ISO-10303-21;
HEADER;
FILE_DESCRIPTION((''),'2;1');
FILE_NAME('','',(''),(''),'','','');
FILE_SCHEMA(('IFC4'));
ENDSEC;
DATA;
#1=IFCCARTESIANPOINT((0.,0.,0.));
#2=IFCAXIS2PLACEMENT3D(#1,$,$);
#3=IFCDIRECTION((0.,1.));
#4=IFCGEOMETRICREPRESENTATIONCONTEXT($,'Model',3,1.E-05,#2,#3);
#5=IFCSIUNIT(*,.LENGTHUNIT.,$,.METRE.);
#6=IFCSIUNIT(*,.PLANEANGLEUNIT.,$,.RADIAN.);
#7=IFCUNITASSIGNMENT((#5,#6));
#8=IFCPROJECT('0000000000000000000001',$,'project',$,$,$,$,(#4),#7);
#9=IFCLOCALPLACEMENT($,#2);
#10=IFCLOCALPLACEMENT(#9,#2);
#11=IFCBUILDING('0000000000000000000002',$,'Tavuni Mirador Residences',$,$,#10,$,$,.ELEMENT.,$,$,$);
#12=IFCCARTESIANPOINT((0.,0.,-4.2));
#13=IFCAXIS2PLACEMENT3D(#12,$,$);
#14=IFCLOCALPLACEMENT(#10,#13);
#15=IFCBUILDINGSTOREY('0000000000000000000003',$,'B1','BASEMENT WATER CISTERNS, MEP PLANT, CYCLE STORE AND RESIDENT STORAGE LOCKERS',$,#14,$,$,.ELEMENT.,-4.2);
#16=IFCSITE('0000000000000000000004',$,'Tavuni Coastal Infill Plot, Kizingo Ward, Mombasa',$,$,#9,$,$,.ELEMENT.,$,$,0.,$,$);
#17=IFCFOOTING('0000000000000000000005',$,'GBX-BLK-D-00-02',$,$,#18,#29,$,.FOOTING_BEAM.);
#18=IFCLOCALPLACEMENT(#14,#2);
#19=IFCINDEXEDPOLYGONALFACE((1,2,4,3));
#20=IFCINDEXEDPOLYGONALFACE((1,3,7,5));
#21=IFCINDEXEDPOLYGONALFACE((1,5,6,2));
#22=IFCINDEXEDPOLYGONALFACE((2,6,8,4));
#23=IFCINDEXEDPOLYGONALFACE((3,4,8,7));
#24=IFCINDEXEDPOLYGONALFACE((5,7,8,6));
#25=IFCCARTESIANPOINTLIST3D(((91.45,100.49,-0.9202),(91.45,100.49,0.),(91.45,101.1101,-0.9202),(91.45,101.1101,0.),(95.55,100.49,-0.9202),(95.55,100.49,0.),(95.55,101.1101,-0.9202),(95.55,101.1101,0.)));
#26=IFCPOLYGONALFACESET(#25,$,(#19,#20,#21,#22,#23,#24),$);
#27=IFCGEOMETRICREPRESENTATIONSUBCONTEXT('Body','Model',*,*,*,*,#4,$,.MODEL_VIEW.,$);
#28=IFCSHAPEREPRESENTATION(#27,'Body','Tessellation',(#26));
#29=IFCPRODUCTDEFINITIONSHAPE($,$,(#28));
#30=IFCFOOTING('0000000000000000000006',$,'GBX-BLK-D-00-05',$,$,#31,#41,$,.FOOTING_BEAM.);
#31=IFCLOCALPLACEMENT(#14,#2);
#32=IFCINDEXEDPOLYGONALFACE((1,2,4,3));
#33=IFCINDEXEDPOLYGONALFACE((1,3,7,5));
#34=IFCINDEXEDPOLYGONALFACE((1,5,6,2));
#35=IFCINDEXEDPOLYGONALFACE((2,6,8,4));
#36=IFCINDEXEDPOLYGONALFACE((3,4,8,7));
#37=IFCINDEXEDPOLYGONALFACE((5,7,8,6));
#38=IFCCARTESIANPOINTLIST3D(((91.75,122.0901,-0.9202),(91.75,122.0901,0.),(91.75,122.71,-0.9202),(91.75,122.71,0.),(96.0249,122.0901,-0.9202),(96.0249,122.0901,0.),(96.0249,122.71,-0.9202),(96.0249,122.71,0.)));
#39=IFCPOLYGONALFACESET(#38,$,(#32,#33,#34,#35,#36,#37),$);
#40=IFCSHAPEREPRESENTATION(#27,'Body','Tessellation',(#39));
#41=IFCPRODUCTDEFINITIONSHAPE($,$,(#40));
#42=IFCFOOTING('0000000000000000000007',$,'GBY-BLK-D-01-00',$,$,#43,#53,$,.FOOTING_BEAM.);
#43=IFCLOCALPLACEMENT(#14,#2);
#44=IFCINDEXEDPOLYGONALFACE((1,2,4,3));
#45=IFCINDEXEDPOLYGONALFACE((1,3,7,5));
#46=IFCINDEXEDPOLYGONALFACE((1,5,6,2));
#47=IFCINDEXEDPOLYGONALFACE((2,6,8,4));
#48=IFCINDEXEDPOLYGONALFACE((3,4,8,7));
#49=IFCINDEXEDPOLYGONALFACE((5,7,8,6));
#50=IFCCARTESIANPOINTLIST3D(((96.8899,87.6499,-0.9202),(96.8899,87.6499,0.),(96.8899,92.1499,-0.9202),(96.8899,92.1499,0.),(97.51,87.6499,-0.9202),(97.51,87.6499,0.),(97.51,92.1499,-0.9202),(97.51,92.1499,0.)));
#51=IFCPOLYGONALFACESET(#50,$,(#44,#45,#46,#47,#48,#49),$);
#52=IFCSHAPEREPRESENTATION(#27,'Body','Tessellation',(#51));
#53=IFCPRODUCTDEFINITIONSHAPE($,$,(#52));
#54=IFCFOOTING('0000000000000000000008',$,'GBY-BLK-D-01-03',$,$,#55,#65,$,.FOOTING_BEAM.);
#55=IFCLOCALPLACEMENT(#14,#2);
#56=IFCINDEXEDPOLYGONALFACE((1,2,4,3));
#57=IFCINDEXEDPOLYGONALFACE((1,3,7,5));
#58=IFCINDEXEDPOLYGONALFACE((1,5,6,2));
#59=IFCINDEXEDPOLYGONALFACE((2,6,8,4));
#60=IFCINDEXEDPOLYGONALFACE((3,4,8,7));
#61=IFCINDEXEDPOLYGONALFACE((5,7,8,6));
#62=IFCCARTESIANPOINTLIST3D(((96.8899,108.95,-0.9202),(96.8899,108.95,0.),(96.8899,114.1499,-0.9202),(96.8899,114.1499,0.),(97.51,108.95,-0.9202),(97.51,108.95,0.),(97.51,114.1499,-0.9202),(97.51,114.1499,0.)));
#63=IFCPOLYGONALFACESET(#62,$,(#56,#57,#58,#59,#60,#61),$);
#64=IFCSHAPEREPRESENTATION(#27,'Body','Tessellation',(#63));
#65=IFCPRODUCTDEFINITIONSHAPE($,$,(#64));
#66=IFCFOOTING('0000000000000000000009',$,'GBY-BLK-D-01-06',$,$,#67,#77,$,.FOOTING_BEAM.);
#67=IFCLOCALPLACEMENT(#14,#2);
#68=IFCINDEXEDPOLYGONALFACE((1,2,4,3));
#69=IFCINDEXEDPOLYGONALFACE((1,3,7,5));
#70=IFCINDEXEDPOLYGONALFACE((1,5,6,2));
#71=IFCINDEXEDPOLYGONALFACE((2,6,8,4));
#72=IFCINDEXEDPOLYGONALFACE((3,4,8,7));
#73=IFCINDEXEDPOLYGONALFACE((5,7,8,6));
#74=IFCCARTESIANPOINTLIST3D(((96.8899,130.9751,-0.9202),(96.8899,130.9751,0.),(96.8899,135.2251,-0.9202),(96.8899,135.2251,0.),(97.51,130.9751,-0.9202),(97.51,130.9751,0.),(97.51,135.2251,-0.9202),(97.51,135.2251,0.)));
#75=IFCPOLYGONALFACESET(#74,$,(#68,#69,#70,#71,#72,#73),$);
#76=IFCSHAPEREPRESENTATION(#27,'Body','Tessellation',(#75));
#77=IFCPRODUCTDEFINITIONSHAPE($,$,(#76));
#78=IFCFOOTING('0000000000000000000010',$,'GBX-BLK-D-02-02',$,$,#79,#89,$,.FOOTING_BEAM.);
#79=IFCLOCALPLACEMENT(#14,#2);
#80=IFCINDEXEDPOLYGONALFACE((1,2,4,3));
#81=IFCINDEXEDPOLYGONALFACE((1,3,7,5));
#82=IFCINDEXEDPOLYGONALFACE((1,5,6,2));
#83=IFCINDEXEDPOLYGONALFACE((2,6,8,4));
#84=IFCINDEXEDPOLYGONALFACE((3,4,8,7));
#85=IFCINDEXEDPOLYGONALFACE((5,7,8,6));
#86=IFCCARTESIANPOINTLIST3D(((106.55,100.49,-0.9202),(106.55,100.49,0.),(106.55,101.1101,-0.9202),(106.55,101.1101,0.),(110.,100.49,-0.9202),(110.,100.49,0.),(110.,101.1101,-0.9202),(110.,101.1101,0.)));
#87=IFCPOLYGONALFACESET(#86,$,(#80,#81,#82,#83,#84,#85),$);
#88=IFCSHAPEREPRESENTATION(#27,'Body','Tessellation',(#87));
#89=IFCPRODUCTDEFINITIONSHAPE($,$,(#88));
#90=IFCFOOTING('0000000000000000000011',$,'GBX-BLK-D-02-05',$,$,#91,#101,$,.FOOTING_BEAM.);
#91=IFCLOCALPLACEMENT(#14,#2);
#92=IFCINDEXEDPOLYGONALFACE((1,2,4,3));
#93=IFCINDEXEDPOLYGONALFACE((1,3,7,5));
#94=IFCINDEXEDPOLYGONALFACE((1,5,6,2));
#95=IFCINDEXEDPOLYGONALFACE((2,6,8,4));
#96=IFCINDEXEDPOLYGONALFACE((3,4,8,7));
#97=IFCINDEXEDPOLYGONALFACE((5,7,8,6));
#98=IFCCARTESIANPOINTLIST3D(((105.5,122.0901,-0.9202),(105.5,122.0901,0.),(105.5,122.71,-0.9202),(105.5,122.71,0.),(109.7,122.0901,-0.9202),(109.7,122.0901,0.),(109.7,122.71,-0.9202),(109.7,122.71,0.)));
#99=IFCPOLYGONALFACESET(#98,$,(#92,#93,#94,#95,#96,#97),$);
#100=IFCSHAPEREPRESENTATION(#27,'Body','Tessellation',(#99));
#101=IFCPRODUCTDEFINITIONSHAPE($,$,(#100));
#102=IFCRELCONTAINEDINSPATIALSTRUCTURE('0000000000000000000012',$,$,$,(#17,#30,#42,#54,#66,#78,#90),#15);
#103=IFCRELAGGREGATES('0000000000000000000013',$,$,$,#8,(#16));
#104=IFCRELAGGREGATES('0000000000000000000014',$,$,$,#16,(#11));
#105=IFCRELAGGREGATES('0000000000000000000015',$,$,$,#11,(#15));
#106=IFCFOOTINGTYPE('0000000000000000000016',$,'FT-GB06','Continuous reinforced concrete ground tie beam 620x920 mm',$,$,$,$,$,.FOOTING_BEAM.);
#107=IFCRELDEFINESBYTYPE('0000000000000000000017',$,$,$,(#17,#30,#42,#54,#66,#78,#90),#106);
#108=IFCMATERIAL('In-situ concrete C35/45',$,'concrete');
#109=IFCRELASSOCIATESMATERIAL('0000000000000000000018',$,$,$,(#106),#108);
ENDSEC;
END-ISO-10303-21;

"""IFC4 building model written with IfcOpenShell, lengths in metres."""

from ifc_helpers import new_model, si_unit, direction, frame, origin, place, context, subcontext, project, spatial, polyline, outline, extrude, material, type_object, element, save


model = new_model("IFC4")

# Units and contexts
model_context = context("Model", 3, precision=1e-05, world=origin(), true_north=direction((0.0, 1.0)))
body_context = subcontext(model_context, "Body", "Model", "MODEL_VIEW")
ifc_project = project(units=[si_unit("LENGTHUNIT", "METRE"), si_unit("PLANEANGLEUNIT", "RADIAN")], contexts=[model_context])

# Site, building, storey
site_placement = place(None, origin())
site = spatial("IfcSite", under=ifc_project, at=site_placement, Name="Tavuni Coastal Infill Plot, Kizingo Ward, Mombasa", CompositionType="ELEMENT", RefElevation=0.0)
building_placement = place(site_placement, origin())
building = spatial("IfcBuilding", under=site, at=building_placement, Name="Tavuni Mirador Residences", CompositionType="ELEMENT")
storey_placement = place(building_placement, frame((0.0, 0.0, -4.2)))
storey = spatial("IfcBuildingStorey", under=building, at=storey_placement, Name="B1", Description="BASEMENT WATER CISTERNS, MEP PLANT, CYCLE STORE AND RESIDENT STORAGE LOCKERS", CompositionType="ELEMENT", Elevation=-4.2)

# Footings
ifc_material = material(Name="In-situ concrete C35/45", Category="concrete")
footing_type = type_object("IfcFootingType", Name="FT-GB06", Description="Continuous reinforced concrete ground tie beam 620x920 mm", PredefinedType="FOOTING_BEAM", material=ifc_material)
footing_1_placement = place(storey_placement, frame((0.0, 0.0, -0.9202)))
element("IfcFooting", 1, at=footing_1_placement, inside=storey, type_object=footing_type, Name="GBX-BLK-D-00-02", PredefinedType="FOOTING_BEAM", context=body_context, shape_type="SweptSolid", body=[
    extrude(outline(polyline([(91.45, 100.49), (95.55, 100.49), (95.55, 101.1101), (91.45, 101.1101), (91.45, 100.49)])), origin(), (0.0, 0.0, 1.0), 0.9202),
])
footing_2_placement = place(storey_placement, frame((0.0, 0.0, -0.9202)))
element("IfcFooting", 2, at=footing_2_placement, inside=storey, type_object=footing_type, Name="GBX-BLK-D-00-05", PredefinedType="FOOTING_BEAM", context=body_context, shape_type="SweptSolid", body=[
    extrude(outline(polyline([(91.75, 122.0901), (96.0249, 122.0901), (96.0249, 122.71), (91.75, 122.71), (91.75, 122.0901)])), origin(), (0.0, 0.0, 1.0), 0.9202),
])
footing_3_placement = place(storey_placement, frame((0.0, 0.0, -0.9202)))
element("IfcFooting", 3, at=footing_3_placement, inside=storey, type_object=footing_type, Name="GBY-BLK-D-01-00", PredefinedType="FOOTING_BEAM", context=body_context, shape_type="SweptSolid", body=[
    extrude(outline(polyline([(96.8899, 87.6499), (97.51, 87.6499), (97.51, 92.1499), (96.8899, 92.1499), (96.8899, 87.6499)])), origin(), (0.0, 0.0, 1.0), 0.9202),
])
footing_4_placement = place(storey_placement, frame((0.0, 0.0, -0.9202)))
element("IfcFooting", 4, at=footing_4_placement, inside=storey, type_object=footing_type, Name="GBY-BLK-D-01-03", PredefinedType="FOOTING_BEAM", context=body_context, shape_type="SweptSolid", body=[
    extrude(outline(polyline([(96.8899, 108.95), (97.51, 108.95), (97.51, 114.1499), (96.8899, 114.1499), (96.8899, 108.95)])), origin(), (0.0, 0.0, 1.0), 0.9202),
])
footing_5_placement = place(storey_placement, frame((0.0, 0.0, -0.9202)))
element("IfcFooting", 5, at=footing_5_placement, inside=storey, type_object=footing_type, Name="GBY-BLK-D-01-06", PredefinedType="FOOTING_BEAM", context=body_context, shape_type="SweptSolid", body=[
    extrude(outline(polyline([(96.8899, 130.9751), (97.51, 130.9751), (97.51, 135.2251), (96.8899, 135.2251), (96.8899, 130.9751)])), origin(), (0.0, 0.0, 1.0), 0.9202),
])
footing_6_placement = place(storey_placement, frame((0.0, 0.0, -0.9202)))
element("IfcFooting", 6, at=footing_6_placement, inside=storey, type_object=footing_type, Name="GBX-BLK-D-02-02", PredefinedType="FOOTING_BEAM", context=body_context, shape_type="SweptSolid", body=[
    extrude(outline(polyline([(106.55, 100.49), (110.0, 100.49), (110.0, 101.1101), (106.55, 101.1101), (106.55, 100.49)])), origin(), (0.0, 0.0, 1.0), 0.9202),
])
footing_7_placement = place(storey_placement, frame((0.0, 0.0, -0.9202)))
element("IfcFooting", 7, at=footing_7_placement, inside=storey, type_object=footing_type, Name="GBX-BLK-D-02-05", PredefinedType="FOOTING_BEAM", context=body_context, shape_type="SweptSolid", body=[
    extrude(outline(polyline([(105.5, 122.0901), (109.7, 122.0901), (109.7, 122.71), (105.5, 122.71), (105.5, 122.0901)])), origin(), (0.0, 0.0, 1.0), 0.9202),
])

save(model, "model.ifc")
